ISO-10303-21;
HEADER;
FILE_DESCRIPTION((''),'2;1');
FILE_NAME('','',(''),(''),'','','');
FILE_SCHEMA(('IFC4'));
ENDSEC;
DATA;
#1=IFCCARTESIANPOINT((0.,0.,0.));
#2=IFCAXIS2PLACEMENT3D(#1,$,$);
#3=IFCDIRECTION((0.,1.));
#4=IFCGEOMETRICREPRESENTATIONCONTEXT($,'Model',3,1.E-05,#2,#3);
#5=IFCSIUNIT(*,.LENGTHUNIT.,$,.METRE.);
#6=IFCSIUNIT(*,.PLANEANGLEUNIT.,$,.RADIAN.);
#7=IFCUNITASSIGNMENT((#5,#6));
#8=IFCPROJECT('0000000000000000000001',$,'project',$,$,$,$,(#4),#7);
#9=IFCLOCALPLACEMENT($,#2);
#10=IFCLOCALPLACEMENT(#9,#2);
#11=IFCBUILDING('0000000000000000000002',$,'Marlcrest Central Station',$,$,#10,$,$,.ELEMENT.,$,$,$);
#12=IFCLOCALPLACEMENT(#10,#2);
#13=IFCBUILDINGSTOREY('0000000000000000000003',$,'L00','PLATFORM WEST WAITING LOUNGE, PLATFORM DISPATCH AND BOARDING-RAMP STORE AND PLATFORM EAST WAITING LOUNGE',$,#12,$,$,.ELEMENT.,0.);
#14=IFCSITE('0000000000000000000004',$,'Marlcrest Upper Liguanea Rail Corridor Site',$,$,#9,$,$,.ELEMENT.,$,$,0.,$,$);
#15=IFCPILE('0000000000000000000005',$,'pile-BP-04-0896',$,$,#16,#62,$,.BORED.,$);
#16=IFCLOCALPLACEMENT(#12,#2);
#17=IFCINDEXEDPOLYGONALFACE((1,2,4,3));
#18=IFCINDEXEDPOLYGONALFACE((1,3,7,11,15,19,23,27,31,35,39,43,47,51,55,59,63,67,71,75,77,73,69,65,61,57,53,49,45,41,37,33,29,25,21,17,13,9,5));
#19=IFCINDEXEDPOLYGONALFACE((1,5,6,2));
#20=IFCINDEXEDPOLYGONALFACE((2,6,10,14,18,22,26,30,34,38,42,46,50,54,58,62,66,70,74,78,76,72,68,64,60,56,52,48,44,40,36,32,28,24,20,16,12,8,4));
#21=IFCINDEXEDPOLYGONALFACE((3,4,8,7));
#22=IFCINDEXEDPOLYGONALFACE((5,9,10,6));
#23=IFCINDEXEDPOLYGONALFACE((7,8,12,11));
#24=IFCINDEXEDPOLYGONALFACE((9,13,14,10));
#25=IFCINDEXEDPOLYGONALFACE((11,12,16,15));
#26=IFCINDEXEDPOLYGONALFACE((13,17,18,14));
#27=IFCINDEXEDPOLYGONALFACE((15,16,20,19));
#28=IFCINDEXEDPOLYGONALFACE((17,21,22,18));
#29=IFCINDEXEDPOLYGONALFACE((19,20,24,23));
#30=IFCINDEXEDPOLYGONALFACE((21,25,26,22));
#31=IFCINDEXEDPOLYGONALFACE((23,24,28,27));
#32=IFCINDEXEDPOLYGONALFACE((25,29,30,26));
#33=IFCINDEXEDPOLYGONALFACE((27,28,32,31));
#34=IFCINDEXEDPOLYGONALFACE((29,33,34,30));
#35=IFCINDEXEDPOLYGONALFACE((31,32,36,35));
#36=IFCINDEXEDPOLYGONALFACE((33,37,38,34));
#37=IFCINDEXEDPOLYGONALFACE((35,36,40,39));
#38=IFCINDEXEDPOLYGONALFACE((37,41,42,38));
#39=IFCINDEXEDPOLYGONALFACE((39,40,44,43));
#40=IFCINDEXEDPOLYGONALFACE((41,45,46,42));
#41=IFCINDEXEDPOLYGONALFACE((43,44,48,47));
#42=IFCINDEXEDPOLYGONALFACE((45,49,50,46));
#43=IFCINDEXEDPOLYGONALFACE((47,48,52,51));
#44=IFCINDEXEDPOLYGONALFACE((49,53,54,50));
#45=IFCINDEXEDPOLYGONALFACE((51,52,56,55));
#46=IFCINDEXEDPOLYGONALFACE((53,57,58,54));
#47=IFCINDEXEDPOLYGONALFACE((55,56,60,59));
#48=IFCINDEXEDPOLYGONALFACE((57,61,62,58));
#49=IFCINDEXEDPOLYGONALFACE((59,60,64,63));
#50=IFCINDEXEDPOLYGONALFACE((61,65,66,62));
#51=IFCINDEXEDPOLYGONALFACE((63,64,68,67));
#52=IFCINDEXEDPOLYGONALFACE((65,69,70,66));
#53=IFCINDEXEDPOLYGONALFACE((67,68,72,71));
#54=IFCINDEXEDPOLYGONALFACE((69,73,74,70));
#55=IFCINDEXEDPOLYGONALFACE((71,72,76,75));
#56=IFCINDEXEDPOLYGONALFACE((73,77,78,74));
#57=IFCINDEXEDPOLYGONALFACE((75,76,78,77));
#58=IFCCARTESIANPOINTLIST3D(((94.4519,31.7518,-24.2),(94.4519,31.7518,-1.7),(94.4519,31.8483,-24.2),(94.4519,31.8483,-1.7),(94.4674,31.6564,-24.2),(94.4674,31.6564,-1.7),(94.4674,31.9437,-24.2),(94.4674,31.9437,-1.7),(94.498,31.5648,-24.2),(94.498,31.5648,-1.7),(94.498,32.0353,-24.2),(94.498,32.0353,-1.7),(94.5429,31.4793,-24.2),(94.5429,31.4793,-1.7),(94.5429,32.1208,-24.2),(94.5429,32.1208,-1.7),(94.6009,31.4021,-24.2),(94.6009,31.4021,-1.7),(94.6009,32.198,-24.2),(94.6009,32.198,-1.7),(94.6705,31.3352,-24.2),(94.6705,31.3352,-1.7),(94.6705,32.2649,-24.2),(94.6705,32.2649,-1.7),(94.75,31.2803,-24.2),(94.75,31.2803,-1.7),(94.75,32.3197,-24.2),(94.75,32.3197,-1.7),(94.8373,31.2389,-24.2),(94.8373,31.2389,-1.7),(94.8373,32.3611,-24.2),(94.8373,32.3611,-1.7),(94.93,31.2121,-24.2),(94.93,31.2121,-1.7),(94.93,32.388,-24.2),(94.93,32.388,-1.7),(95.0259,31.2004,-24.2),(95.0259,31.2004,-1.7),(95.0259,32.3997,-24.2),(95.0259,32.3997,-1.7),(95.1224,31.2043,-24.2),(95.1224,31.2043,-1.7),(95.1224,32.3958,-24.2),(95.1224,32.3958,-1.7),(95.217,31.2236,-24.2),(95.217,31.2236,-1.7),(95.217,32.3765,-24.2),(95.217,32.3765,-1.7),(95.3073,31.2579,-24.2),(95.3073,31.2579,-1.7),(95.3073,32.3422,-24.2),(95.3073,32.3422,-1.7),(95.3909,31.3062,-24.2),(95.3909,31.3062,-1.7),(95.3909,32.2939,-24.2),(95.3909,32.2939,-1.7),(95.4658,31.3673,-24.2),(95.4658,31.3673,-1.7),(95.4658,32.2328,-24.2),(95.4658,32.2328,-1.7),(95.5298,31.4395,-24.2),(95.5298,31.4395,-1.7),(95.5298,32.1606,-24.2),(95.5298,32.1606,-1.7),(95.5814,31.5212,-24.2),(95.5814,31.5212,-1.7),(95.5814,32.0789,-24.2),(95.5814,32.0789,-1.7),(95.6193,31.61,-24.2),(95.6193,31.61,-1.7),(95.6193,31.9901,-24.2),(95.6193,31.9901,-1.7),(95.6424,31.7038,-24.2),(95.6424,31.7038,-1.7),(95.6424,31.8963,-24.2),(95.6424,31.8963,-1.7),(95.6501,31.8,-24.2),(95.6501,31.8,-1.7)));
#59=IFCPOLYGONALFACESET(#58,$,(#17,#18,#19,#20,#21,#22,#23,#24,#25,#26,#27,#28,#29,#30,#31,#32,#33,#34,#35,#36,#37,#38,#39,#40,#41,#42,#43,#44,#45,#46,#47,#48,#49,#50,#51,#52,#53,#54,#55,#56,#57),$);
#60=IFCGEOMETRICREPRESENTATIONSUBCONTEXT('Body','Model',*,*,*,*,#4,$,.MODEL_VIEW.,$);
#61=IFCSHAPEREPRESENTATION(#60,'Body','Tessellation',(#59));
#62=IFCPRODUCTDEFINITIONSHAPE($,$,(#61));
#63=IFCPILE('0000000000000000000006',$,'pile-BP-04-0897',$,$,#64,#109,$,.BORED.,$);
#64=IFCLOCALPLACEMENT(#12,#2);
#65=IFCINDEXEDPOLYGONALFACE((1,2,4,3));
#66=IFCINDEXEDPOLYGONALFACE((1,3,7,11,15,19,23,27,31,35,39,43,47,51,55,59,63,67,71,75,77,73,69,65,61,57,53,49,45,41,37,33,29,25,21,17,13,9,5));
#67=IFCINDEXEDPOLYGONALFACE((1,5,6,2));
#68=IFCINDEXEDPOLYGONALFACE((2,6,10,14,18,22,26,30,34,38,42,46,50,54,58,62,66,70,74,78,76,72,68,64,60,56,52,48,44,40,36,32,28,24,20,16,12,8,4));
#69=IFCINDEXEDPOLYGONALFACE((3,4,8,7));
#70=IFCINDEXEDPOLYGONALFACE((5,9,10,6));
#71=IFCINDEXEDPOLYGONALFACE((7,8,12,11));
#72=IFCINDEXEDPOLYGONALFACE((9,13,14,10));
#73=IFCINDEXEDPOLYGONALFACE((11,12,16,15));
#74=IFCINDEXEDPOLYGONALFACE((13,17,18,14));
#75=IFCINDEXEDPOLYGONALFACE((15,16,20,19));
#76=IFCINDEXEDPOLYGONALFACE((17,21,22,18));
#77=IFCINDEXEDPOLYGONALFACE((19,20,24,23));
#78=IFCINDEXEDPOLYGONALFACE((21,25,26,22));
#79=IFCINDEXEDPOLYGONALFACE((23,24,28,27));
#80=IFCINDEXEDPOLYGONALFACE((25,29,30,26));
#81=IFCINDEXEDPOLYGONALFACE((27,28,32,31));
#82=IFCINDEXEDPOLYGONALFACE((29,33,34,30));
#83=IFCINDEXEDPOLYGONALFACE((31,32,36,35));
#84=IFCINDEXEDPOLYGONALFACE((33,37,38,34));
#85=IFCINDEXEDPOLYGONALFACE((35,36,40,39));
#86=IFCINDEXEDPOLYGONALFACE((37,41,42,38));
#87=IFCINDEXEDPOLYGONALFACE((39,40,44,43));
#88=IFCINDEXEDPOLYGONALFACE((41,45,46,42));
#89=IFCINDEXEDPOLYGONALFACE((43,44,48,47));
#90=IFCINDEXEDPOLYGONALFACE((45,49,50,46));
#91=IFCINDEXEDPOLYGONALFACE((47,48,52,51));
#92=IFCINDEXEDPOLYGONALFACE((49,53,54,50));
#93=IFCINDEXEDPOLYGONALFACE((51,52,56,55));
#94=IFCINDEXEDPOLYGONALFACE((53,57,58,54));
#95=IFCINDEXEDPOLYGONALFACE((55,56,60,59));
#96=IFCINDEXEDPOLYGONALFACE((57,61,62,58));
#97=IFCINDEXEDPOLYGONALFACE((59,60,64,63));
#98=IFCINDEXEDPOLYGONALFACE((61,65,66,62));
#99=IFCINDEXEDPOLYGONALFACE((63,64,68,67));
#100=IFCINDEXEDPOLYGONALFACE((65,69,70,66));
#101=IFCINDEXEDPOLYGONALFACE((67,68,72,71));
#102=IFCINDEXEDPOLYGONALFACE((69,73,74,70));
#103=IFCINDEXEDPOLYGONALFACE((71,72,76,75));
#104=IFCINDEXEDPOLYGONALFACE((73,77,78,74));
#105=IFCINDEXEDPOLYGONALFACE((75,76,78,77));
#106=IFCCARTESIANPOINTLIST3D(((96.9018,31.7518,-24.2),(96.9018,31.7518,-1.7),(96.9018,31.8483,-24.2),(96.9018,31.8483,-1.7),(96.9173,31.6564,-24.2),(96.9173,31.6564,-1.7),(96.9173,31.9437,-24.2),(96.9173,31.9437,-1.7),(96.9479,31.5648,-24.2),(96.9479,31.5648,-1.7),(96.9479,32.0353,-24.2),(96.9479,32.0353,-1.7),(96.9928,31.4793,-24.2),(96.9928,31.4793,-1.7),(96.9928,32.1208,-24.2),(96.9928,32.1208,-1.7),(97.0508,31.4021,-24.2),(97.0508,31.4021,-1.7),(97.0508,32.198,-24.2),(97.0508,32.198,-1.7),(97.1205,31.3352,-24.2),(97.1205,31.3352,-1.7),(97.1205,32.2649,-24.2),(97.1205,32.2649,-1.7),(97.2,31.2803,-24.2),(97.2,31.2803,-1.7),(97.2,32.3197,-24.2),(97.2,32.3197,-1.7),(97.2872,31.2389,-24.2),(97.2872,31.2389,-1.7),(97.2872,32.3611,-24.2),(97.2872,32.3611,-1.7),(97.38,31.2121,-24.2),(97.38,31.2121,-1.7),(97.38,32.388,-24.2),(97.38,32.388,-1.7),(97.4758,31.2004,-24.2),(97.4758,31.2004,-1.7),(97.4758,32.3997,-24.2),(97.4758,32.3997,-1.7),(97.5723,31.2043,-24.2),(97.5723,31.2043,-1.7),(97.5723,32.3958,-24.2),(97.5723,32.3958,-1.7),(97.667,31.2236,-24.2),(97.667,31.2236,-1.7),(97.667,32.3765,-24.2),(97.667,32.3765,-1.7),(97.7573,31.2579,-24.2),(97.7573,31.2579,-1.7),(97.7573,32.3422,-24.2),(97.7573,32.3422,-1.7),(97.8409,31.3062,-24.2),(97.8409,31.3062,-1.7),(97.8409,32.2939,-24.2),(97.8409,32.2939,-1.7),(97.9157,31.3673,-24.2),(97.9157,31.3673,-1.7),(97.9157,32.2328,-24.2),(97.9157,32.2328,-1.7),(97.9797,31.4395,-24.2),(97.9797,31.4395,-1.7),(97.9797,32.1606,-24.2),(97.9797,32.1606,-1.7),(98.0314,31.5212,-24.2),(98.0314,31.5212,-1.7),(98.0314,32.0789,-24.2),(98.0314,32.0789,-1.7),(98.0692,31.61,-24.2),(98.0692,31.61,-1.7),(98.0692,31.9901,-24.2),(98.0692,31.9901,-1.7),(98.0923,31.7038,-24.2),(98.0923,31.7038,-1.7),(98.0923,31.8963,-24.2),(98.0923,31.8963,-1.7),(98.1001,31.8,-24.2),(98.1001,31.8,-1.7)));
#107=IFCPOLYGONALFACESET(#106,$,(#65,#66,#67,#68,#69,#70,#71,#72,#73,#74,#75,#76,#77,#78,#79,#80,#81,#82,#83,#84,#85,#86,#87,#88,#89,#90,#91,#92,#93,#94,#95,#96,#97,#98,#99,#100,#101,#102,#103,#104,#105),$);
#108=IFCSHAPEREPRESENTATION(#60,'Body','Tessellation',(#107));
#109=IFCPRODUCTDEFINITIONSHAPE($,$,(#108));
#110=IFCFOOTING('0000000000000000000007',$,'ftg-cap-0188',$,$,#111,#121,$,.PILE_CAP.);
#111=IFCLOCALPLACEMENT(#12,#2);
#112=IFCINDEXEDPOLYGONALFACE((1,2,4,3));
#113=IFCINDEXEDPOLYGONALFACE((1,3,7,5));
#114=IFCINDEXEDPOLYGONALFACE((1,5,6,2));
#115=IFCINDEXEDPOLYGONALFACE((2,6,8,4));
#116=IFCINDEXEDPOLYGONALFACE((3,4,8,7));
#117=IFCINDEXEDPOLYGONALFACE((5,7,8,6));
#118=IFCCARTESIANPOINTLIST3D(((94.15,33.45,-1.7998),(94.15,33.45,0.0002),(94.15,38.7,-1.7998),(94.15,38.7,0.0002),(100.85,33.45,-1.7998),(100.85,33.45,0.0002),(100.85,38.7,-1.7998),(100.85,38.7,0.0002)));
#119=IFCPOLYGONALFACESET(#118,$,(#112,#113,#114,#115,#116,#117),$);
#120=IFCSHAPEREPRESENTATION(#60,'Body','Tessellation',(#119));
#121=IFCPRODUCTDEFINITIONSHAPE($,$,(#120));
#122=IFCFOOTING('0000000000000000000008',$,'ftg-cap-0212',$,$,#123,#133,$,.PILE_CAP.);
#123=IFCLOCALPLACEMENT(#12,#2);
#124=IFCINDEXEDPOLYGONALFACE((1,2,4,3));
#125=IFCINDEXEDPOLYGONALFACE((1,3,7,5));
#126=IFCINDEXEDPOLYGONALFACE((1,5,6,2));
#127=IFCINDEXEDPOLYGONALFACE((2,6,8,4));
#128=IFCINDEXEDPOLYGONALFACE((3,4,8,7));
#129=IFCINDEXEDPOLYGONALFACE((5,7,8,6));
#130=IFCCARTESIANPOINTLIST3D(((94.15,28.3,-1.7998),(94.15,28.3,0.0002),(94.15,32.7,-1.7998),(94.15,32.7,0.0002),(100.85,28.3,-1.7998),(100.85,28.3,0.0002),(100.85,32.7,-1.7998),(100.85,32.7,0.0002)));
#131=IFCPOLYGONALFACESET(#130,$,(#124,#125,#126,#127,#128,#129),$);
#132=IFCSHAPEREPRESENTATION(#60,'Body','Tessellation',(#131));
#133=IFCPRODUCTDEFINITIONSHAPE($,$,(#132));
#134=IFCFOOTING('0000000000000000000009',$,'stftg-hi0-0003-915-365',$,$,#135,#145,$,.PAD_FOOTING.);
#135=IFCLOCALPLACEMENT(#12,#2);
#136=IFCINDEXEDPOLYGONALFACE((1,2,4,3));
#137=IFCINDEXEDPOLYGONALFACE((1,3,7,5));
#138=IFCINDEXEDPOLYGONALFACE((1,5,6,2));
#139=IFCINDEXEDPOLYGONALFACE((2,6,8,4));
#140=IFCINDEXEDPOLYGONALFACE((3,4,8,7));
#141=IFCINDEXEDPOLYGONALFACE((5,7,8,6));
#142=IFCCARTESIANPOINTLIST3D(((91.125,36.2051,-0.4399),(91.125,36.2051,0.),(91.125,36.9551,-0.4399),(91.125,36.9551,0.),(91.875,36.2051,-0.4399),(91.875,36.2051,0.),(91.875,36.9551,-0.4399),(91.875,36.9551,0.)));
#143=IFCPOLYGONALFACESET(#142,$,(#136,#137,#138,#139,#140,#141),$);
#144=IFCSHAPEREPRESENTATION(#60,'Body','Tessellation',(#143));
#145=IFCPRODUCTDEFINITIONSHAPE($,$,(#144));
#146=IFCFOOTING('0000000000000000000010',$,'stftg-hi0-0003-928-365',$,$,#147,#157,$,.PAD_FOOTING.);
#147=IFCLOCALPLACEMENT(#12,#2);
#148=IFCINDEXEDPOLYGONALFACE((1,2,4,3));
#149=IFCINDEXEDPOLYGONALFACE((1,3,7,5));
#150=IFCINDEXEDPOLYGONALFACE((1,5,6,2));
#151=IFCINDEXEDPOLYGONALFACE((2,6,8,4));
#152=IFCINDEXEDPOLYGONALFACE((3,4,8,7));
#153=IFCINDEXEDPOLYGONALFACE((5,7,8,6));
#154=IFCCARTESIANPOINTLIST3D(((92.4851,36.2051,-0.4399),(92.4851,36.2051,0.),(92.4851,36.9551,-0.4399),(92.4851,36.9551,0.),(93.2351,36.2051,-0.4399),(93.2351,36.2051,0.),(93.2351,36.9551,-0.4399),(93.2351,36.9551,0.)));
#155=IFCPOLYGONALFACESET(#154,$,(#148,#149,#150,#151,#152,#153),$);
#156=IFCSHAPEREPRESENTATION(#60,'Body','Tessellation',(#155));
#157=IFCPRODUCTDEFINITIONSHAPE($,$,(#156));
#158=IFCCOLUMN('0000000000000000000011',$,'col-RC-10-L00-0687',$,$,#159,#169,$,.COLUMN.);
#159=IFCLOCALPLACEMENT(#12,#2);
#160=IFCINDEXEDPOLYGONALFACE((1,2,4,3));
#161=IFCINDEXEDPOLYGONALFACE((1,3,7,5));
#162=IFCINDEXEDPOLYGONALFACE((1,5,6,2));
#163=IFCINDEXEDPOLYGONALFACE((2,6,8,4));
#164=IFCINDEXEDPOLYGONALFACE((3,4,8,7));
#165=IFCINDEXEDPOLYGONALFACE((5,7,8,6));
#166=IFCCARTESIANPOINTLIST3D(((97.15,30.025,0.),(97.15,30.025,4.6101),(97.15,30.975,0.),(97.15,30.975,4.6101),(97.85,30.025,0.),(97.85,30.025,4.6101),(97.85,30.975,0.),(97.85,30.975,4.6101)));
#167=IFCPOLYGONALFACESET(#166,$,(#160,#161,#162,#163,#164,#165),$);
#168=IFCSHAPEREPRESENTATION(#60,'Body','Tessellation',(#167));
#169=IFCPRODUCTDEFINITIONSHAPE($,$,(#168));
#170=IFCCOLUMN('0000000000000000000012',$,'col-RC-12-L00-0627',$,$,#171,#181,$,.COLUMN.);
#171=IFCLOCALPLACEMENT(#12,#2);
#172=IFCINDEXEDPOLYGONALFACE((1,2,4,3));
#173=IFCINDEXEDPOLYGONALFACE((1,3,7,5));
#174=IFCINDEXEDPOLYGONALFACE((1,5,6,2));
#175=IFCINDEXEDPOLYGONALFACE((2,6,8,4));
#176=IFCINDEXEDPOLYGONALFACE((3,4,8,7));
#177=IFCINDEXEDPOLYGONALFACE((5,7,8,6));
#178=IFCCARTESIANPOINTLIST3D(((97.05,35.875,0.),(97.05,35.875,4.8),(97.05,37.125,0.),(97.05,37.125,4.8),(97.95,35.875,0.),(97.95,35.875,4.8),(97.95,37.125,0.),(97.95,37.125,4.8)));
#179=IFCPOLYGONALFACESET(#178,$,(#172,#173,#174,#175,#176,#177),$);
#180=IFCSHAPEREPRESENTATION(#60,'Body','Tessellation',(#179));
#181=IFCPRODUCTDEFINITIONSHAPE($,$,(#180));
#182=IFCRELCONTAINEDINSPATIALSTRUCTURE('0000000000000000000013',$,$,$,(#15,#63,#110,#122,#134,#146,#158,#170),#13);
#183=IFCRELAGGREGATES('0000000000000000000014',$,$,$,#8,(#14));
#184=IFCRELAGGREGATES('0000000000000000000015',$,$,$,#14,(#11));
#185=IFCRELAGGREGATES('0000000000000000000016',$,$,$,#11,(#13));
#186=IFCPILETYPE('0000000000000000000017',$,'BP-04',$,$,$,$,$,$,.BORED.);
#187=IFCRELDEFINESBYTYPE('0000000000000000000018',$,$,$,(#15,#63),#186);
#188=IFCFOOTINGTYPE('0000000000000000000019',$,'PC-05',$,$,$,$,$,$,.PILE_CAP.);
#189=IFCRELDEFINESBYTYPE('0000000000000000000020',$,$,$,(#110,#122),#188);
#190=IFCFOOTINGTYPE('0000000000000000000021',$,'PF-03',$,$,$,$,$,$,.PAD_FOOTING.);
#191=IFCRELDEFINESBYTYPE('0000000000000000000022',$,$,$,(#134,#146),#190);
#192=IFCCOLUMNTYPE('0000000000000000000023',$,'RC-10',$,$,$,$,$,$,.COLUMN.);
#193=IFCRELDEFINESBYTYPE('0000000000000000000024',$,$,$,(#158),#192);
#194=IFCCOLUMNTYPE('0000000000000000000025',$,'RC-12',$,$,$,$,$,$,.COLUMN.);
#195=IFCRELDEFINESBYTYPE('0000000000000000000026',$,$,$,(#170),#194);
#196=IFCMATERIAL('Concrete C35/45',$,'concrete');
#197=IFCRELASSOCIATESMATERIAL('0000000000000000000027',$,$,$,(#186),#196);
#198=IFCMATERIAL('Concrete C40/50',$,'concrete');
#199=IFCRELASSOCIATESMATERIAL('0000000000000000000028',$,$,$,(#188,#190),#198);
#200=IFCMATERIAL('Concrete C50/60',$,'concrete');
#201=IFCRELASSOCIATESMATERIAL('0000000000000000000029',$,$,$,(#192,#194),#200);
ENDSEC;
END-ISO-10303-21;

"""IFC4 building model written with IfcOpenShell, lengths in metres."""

from ifc_helpers import new_model, si_unit, direction, frame, origin, origin_2d, place, context, subcontext, project, spatial, rectangle, circle, extrude, material, material_profile, profile_set, type_object, element, save


model = new_model("IFC4")

# Units and contexts
model_context = context("Model", 3, precision=1e-05, world=origin(), true_north=direction((0.0, 1.0)))
body_context = subcontext(model_context, "Body", "Model", "MODEL_VIEW")
ifc_project = project(units=[si_unit("LENGTHUNIT", "METRE"), si_unit("PLANEANGLEUNIT", "RADIAN")], contexts=[model_context])

# Site, building, storey
site_placement = place(None, origin())
site = spatial("IfcSite", under=ifc_project, at=site_placement, Name="Marlcrest Upper Liguanea Rail Corridor Site", CompositionType="ELEMENT", RefElevation=0.0)
building_placement = place(site_placement, origin())
building = spatial("IfcBuilding", under=site, at=building_placement, Name="Marlcrest Central Station", CompositionType="ELEMENT")
storey_placement = place(building_placement, origin())
storey = spatial("IfcBuildingStorey", under=building, at=storey_placement, Name="L00", Description="PLATFORM WEST WAITING LOUNGE, PLATFORM DISPATCH AND BOARDING-RAMP STORE AND PLATFORM EAST WAITING LOUNGE", CompositionType="ELEMENT", Elevation=0.0)

# Piles
ifc_material_1 = material(Name="Concrete C35/45", Category="concrete")
ifc_material_profile_1 = material_profile(ifc_material_1, circle(Radius=0.6001, at=origin_2d()), Name="PILE D1200")
ifc_profile_set_1 = profile_set([ifc_material_profile_1], Name="Concrete C35/45")
pile_type = type_object("IfcPileType", Name="BP-04", PredefinedType="BORED", material=ifc_profile_set_1)
for number, where, z_axis, x_axis, name in (
    (1, (95.05, 31.8, -1.7), (0.0, 0.0, -1.0), (1.0, 0.0, 0.0), "pile-BP-04-0896"),
    (2, (97.5, 31.8, -1.7), (0.0, 0.0, -1.0), (1.0, 0.0, 0.0), "pile-BP-04-0897"),
):
    element("IfcPile", number, at=place(storey_placement, frame(where, z_axis=z_axis, x_axis=x_axis)), inside=storey, type_object=pile_type, Name=name, PredefinedType="BORED", context=body_context, shape_type="SweptSolid", body=[
        extrude(circle(Radius=0.6001, at=origin_2d()), origin(), (0.0, 0.0, 1.0), 22.5),
    ])

# Footings
ifc_material_2 = material(Name="Concrete C40/50", Category="concrete")
footing_type_1 = type_object("IfcFootingType", Name="PC-05", PredefinedType="PILE_CAP", material=ifc_material_2)
footing_1_placement = place(storey_placement, frame((97.5, 36.075, -1.7998), z_axis=(0.0, 0.0, 1.0), x_axis=(1.0, 0.0, 0.0)))
element("IfcFooting", 3, at=footing_1_placement, inside=storey, type_object=footing_type_1, Name="ftg-cap-0188", PredefinedType="PILE_CAP", context=body_context, shape_type="SweptSolid", body=[
    extrude(rectangle(XDim=6.7, YDim=5.25, at=origin_2d()), origin(), (0.0, 0.0, 1.0), 1.8),
])
footing_2_placement = place(storey_placement, frame((97.5, 30.5, -1.7998), z_axis=(0.0, 0.0, 1.0), x_axis=(1.0, 0.0, 0.0)))
element("IfcFooting", 4, at=footing_2_placement, inside=storey, type_object=footing_type_1, Name="ftg-cap-0212", PredefinedType="PILE_CAP", context=body_context, shape_type="SweptSolid", body=[
    extrude(rectangle(XDim=6.7, YDim=4.3999, at=origin_2d()), origin(), (0.0, 0.0, 1.0), 1.8),
])
footing_type_2 = type_object("IfcFootingType", Name="PF-03", PredefinedType="PAD_FOOTING", material=ifc_material_2)
for number, where, z_axis, x_axis, name in (
    (5, (91.5, 36.5801, -0.4399), (0.0, 0.0, 1.0), (1.0, 0.0, 0.0), "stftg-hi0-0003-915-365"),
    (6, (92.8601, 36.5801, -0.4399), (0.0, 0.0, 1.0), (1.0, 0.0, 0.0), "stftg-hi0-0003-928-365"),
):
    element("IfcFooting", number, at=place(storey_placement, frame(where, z_axis=z_axis, x_axis=x_axis)), inside=storey, type_object=footing_type_2, Name=name, PredefinedType="PAD_FOOTING", context=body_context, shape_type="SweptSolid", body=[
        extrude(rectangle(XDim=0.75, YDim=0.75, at=origin_2d()), origin(), (0.0, 0.0, 1.0), 0.4399),
    ])

# Columns
ifc_material_3 = material(Name="Concrete C50/60", Category="concrete")
ifc_material_profile_2 = material_profile(ifc_material_3, rectangle(XDim=0.7, YDim=0.95, at=origin_2d()), Name="RC 700x950")
ifc_profile_set_2 = profile_set([ifc_material_profile_2], Name="Concrete C50/60")
column_type_1 = type_object("IfcColumnType", Name="RC-10", PredefinedType="COLUMN", material=ifc_profile_set_2)
column_1_placement = place(storey_placement, frame((97.5, 30.5, 0.0), z_axis=(0.0, 0.0, 1.0), x_axis=(1.0, 0.0, 0.0)))
element("IfcColumn", 7, at=column_1_placement, inside=storey, type_object=column_type_1, Name="col-RC-10-L00-0687", PredefinedType="COLUMN", context=body_context, shape_type="SweptSolid", body=[
    extrude(rectangle(XDim=0.7, YDim=0.95, at=origin_2d()), origin(), (0.0, 0.0, 1.0), 4.6101),
])
ifc_material_profile_3 = material_profile(ifc_material_3, rectangle(XDim=0.8999, YDim=1.25, at=origin_2d()), Name="RC 900x1250")
ifc_profile_set_3 = profile_set([ifc_material_profile_3], Name="Concrete C50/60")
column_type_2 = type_object("IfcColumnType", Name="RC-12", PredefinedType="COLUMN", material=ifc_profile_set_3)
column_2_placement = place(storey_placement, frame((97.5, 36.5, 0.0), z_axis=(0.0, 0.0, 1.0), x_axis=(1.0, 0.0, 0.0)))
element("IfcColumn", 8, at=column_2_placement, inside=storey, type_object=column_type_2, Name="col-RC-12-L00-0627", PredefinedType="COLUMN", context=body_context, shape_type="SweptSolid", body=[
    extrude(rectangle(XDim=0.8999, YDim=1.25, at=origin_2d()), origin(), (0.0, 0.0, 1.0), 4.8),
])

save(model, "model.ifc")
